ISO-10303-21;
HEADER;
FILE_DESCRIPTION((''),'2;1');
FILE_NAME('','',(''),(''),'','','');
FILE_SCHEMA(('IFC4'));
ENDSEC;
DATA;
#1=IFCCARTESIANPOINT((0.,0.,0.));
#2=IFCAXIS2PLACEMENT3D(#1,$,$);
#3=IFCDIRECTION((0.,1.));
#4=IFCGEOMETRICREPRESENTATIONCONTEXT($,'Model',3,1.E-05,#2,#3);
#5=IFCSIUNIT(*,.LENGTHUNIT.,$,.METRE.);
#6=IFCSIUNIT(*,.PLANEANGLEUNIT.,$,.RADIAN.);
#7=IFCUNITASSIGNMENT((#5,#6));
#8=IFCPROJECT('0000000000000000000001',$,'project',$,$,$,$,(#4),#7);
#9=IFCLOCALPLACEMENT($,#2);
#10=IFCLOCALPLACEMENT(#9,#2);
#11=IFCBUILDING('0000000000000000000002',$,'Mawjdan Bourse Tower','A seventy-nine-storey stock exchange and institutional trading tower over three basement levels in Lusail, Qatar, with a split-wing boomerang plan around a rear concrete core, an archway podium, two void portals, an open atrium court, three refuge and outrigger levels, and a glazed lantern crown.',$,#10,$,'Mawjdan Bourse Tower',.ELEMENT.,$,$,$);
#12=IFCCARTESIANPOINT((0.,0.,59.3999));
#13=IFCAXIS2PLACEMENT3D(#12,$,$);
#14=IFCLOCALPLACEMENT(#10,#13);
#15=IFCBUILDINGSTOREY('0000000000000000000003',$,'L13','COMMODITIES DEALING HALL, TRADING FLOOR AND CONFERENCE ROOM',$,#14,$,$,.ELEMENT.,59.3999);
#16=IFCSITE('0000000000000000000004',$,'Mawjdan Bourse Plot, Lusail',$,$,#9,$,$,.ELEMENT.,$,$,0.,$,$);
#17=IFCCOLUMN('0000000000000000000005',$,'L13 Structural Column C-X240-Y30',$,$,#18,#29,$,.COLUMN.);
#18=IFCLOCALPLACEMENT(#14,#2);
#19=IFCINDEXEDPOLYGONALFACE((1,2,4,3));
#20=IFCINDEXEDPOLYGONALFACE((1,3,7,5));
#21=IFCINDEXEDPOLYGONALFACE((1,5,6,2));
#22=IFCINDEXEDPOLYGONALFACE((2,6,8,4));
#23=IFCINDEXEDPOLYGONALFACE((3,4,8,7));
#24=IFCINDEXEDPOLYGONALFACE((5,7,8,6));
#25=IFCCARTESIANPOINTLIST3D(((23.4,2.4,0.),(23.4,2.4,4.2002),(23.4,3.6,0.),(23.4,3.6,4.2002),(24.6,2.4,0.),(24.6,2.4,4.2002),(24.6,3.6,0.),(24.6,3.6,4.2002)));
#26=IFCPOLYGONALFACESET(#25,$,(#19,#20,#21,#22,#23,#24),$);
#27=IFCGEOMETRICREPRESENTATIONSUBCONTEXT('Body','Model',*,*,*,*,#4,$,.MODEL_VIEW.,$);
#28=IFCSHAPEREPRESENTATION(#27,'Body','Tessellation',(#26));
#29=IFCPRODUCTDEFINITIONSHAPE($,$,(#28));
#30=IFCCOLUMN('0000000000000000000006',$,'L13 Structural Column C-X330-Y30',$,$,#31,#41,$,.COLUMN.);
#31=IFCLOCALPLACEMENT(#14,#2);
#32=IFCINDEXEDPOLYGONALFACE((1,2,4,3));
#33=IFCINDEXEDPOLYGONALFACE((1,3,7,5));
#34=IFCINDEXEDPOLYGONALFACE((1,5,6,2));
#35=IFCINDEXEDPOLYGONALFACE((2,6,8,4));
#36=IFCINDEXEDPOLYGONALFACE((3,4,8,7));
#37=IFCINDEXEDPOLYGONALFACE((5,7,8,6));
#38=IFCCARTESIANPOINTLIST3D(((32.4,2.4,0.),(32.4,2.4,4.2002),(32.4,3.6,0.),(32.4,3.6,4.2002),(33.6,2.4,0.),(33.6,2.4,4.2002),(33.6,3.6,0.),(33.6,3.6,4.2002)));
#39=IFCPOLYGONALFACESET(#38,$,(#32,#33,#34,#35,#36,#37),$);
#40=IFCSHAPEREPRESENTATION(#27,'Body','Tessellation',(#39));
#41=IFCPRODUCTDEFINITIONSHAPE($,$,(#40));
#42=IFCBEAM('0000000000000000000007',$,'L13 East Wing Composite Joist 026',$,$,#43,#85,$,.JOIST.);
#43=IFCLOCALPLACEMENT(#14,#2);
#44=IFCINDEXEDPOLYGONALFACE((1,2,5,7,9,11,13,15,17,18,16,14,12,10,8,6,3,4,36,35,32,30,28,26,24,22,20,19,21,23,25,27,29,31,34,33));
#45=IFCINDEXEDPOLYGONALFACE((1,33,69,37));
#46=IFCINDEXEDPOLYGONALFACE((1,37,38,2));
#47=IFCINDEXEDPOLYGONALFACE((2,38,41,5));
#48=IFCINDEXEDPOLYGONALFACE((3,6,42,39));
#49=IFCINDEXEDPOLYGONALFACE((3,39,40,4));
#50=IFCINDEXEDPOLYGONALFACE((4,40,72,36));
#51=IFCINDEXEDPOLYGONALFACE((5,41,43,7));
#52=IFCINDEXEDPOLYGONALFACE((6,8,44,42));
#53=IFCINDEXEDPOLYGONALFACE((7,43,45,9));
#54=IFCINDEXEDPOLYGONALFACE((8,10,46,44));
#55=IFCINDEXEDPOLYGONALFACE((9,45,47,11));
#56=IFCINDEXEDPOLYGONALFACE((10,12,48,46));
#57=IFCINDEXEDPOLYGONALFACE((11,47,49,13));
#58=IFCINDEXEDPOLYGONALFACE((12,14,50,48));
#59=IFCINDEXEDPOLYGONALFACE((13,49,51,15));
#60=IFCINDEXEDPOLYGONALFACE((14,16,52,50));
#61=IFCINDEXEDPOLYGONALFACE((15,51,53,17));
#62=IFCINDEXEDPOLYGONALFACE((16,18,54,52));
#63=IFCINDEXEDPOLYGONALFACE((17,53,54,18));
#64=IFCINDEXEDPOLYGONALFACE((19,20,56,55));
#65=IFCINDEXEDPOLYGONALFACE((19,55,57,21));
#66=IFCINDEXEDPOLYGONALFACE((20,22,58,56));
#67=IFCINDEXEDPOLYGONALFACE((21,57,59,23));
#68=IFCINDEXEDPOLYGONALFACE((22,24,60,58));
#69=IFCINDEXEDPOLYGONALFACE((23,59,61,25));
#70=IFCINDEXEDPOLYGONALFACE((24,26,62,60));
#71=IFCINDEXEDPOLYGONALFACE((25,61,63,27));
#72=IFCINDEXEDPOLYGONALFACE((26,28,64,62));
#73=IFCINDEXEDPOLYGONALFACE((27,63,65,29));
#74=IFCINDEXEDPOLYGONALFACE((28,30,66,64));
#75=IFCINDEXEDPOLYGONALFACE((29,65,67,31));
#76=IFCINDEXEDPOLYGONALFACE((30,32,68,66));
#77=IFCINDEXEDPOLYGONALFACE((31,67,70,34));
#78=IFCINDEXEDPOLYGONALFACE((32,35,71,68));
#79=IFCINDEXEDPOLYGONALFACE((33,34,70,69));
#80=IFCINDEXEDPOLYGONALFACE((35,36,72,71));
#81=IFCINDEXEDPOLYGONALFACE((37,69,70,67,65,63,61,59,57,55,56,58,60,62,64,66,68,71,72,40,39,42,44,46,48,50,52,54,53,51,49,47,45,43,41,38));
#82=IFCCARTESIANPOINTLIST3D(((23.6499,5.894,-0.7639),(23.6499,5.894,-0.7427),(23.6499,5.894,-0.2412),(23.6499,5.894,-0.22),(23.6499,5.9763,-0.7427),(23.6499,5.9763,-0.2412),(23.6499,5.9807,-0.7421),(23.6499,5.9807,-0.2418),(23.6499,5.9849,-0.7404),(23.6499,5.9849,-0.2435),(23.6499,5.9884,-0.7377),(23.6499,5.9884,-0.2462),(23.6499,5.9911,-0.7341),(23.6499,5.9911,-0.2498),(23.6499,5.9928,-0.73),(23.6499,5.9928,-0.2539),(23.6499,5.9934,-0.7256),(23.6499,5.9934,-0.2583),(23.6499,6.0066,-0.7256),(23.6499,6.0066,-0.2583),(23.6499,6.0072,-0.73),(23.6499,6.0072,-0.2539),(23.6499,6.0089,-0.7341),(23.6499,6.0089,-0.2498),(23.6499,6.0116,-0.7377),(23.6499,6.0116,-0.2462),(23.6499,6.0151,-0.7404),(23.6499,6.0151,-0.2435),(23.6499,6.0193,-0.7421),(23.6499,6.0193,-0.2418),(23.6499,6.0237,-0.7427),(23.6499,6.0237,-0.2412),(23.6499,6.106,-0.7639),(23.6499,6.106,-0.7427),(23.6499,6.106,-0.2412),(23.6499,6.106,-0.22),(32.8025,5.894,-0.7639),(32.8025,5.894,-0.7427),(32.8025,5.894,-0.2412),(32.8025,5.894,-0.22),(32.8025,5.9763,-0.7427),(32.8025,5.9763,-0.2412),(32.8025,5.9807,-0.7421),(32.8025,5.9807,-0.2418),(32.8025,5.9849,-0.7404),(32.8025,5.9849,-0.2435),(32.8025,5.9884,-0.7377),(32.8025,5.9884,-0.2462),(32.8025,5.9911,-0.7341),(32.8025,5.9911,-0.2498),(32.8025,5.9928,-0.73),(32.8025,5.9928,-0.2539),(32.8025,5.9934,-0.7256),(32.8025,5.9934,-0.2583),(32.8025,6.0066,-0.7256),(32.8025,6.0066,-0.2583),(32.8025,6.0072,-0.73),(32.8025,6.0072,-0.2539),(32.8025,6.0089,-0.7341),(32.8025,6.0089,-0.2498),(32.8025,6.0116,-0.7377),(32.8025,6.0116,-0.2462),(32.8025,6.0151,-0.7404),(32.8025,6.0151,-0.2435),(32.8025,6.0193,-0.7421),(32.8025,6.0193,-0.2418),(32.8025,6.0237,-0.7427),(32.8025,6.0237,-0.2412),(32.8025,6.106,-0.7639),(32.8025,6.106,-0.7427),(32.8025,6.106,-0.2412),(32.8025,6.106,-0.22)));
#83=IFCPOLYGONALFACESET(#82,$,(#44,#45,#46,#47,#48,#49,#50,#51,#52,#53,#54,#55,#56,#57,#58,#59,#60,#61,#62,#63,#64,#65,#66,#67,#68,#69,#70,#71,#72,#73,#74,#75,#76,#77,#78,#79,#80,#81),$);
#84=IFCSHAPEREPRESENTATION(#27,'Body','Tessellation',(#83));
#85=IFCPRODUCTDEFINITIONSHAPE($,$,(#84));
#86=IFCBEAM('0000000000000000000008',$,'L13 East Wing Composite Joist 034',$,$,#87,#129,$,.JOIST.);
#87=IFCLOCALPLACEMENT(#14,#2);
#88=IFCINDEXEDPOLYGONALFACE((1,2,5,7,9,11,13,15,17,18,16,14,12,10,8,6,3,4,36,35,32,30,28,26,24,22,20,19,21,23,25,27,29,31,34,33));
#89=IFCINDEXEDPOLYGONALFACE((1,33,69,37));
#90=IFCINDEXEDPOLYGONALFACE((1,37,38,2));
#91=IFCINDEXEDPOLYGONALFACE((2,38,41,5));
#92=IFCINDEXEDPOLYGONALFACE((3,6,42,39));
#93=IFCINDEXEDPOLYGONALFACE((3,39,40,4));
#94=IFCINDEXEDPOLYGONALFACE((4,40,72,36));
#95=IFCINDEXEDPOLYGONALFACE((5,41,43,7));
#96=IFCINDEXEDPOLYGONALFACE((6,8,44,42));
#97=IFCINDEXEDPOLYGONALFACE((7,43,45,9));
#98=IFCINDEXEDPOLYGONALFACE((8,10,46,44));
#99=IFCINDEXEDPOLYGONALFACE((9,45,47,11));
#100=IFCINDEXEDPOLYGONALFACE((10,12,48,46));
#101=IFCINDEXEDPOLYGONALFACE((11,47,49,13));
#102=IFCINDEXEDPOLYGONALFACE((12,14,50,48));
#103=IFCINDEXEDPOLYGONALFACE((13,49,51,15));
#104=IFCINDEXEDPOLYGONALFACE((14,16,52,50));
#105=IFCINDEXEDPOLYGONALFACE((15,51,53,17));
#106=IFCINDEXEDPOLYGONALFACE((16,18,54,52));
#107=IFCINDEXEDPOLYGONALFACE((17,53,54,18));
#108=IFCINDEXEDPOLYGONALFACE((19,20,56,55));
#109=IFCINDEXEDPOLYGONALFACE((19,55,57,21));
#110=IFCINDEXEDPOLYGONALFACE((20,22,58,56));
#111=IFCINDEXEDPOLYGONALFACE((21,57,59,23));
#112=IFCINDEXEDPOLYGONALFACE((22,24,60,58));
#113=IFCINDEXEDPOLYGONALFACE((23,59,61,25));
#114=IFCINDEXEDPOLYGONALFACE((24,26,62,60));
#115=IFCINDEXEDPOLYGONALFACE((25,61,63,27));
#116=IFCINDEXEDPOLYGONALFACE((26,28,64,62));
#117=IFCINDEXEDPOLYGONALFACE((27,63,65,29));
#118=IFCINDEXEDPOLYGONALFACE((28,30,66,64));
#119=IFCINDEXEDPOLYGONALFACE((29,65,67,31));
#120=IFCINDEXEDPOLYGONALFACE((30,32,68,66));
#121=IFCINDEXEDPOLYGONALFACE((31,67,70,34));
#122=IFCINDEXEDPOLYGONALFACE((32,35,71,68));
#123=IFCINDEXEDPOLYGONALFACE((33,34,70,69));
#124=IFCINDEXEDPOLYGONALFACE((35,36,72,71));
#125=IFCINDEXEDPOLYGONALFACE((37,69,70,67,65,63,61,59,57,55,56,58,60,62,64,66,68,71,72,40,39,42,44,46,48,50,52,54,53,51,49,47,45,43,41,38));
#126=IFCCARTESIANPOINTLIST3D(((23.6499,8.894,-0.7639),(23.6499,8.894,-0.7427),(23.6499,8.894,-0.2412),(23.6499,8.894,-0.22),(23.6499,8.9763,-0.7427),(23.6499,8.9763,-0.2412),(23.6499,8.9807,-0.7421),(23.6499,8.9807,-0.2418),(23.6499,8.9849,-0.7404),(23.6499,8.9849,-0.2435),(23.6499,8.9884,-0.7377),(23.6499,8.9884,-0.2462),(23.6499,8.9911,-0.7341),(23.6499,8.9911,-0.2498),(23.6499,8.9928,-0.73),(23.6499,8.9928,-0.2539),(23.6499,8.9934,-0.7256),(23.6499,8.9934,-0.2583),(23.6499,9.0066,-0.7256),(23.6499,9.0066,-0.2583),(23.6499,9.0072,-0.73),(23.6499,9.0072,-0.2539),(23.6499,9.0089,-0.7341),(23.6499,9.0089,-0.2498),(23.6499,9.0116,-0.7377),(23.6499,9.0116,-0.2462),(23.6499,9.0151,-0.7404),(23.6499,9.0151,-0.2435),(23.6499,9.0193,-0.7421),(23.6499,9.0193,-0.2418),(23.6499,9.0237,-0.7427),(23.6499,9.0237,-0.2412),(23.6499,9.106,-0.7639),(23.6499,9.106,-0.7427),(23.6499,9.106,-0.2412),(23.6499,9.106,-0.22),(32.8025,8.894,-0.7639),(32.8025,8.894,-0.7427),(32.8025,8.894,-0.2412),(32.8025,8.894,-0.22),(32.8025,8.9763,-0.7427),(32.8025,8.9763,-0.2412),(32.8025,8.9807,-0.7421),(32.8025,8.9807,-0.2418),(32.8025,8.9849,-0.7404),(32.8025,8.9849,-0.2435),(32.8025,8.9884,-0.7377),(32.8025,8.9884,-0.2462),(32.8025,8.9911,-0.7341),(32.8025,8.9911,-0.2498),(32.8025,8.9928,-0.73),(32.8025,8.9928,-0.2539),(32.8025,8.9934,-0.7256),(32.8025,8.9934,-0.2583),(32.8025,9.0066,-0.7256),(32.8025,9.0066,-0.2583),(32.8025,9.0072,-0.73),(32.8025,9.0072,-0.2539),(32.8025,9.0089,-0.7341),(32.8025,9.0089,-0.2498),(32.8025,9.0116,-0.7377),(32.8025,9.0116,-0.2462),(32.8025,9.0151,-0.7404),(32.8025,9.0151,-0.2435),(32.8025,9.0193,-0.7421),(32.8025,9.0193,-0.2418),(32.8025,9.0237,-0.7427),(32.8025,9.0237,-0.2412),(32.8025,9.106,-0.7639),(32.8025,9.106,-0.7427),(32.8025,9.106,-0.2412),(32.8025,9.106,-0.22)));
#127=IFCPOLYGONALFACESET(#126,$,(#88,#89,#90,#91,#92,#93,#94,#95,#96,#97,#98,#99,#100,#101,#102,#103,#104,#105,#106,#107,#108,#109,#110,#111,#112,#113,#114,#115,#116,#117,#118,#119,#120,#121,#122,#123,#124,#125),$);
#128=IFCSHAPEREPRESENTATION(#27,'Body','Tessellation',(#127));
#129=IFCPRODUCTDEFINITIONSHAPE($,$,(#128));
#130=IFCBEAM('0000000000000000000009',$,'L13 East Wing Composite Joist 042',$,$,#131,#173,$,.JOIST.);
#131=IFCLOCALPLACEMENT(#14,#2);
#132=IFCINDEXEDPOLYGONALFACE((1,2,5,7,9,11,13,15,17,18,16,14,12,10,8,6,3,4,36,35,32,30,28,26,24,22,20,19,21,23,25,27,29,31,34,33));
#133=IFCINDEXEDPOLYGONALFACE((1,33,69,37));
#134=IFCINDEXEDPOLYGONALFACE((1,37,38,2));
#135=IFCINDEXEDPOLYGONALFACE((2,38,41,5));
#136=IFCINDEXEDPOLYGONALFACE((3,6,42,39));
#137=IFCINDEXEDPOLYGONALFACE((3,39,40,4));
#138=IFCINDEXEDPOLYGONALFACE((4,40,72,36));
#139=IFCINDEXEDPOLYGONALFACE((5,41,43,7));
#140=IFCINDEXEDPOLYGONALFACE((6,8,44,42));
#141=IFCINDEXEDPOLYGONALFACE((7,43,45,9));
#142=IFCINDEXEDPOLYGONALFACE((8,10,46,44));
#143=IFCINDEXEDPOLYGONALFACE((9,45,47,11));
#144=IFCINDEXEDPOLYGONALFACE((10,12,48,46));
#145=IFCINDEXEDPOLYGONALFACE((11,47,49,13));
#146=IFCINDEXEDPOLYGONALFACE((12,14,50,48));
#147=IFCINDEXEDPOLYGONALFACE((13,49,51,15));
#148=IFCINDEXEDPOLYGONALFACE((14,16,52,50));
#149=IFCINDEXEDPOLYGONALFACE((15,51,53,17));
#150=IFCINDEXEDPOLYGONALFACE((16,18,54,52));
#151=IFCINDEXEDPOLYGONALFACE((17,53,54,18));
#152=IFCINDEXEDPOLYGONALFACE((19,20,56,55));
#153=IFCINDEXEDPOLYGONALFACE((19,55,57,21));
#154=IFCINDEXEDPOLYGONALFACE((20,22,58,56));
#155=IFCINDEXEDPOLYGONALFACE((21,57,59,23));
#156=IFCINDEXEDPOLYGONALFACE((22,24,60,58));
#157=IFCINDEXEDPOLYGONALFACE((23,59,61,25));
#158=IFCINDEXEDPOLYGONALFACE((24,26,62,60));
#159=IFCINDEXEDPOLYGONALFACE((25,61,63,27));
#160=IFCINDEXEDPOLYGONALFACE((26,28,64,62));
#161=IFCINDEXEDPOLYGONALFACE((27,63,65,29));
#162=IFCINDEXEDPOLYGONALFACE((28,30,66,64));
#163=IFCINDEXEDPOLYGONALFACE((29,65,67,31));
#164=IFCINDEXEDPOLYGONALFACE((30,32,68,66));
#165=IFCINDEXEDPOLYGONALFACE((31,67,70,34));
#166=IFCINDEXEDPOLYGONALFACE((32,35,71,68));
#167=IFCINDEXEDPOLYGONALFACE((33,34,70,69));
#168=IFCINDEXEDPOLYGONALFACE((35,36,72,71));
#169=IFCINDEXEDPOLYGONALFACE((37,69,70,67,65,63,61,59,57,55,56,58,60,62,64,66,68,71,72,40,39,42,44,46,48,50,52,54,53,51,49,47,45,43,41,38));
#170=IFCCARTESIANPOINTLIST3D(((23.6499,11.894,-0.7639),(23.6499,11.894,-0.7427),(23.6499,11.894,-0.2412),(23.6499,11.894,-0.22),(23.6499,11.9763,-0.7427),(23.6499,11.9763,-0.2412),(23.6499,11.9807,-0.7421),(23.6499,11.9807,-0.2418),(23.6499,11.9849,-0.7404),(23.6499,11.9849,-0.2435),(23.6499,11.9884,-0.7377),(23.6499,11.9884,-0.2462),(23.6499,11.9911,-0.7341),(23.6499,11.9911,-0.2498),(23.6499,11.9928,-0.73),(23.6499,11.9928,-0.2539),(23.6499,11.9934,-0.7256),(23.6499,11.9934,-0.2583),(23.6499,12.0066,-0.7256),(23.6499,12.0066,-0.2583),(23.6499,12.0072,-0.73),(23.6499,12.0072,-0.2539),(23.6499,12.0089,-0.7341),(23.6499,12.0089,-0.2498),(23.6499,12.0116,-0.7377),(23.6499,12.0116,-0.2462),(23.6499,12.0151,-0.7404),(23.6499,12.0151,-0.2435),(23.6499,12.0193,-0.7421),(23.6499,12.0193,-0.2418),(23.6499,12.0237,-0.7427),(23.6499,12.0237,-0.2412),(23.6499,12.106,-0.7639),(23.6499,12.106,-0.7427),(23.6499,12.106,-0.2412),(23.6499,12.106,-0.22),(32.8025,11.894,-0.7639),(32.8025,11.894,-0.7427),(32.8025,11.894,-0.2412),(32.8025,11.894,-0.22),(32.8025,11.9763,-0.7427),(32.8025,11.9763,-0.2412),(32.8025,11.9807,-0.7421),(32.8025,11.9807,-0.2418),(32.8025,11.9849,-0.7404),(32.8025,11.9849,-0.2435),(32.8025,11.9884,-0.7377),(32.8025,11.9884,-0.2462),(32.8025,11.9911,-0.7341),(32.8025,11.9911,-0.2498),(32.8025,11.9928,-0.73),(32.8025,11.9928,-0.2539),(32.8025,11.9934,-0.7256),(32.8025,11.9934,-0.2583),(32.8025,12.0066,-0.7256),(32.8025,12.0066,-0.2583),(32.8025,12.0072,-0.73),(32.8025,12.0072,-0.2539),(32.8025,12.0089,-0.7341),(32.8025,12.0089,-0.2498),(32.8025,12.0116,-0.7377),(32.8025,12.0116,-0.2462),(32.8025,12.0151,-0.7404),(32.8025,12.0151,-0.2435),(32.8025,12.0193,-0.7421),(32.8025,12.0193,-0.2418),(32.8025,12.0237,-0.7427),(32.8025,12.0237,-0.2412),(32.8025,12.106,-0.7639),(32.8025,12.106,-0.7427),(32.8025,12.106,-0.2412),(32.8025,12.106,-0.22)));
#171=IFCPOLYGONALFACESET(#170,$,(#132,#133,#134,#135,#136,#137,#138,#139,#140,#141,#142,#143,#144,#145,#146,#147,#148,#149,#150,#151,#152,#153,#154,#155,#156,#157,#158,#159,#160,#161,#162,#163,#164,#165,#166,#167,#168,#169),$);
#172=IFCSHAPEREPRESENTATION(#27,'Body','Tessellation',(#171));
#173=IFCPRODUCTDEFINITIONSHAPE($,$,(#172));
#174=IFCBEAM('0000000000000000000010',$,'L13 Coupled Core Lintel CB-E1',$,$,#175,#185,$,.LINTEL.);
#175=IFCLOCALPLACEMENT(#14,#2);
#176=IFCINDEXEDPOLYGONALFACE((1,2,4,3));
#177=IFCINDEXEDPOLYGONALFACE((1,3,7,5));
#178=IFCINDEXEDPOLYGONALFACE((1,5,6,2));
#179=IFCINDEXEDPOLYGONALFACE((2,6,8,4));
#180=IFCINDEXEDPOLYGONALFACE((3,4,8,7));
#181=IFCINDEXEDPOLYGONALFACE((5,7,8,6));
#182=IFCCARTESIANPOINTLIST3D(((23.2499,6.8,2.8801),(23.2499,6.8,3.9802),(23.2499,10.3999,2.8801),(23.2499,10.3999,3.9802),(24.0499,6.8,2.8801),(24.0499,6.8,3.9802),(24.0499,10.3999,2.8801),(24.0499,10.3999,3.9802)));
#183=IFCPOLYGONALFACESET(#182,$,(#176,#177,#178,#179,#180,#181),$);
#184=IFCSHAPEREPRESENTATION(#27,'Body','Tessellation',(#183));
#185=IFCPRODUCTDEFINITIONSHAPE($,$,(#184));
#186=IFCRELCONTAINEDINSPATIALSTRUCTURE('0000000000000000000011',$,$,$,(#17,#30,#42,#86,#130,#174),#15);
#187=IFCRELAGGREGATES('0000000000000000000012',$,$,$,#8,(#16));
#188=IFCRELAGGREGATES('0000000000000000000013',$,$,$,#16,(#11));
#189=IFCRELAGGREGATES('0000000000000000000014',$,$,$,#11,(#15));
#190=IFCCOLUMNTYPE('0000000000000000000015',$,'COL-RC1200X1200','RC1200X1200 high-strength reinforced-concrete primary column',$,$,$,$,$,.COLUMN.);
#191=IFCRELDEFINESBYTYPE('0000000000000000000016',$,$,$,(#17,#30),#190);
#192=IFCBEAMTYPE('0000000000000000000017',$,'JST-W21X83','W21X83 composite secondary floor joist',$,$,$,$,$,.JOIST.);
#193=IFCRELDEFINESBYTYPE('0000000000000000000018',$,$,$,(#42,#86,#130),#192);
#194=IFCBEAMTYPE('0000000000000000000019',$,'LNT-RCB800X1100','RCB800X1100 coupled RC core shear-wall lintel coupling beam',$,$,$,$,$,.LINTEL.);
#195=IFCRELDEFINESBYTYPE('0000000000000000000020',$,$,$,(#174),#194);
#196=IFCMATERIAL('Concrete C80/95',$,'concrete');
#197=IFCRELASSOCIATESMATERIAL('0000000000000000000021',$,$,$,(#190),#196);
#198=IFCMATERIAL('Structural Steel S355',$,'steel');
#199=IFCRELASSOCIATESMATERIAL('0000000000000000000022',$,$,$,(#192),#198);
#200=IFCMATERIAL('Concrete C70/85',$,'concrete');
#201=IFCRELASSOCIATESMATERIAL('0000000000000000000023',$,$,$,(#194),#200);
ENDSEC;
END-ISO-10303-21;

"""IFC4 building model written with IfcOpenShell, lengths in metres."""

from ifc_helpers import new_model, si_unit, direction, frame, origin, origin_2d, place, context, subcontext, project, spatial, rectangle, i_section, extrude, material, material_profile, profile_set, type_object, element, save


model = new_model("IFC4")

# Units and contexts
model_context = context("Model", 3, precision=1e-05, world=origin(), true_north=direction((0.0, 1.0)))
body_context = subcontext(model_context, "Body", "Model", "MODEL_VIEW")
ifc_project = project(units=[si_unit("LENGTHUNIT", "METRE"), si_unit("PLANEANGLEUNIT", "RADIAN")], contexts=[model_context])

# Site, building, storey
site_placement = place(None, origin())
site = spatial("IfcSite", under=ifc_project, at=site_placement, Name="Mawjdan Bourse Plot, Lusail", CompositionType="ELEMENT", RefElevation=0.0)
building_placement = place(site_placement, origin())
building = spatial("IfcBuilding", under=site, at=building_placement, Name="Mawjdan Bourse Tower", Description="A seventy-nine-storey stock exchange and institutional trading tower over three basement levels in Lusail, Qatar, with a split-wing boomerang plan around a rear concrete core, an archway podium, two void portals, an open atrium court, three refuge and outrigger levels, and a glazed lantern crown.", LongName="Mawjdan Bourse Tower", CompositionType="ELEMENT")
storey_placement = place(building_placement, frame((0.0, 0.0, 59.3999)))
storey = spatial("IfcBuildingStorey", under=building, at=storey_placement, Name="L13", Description="COMMODITIES DEALING HALL, TRADING FLOOR AND CONFERENCE ROOM", CompositionType="ELEMENT", Elevation=59.3999)

# Columns
ifc_material_1 = material(Name="Concrete C80/95", Category="concrete")
ifc_material_profile_1 = material_profile(ifc_material_1, rectangle(XDim=1.2, YDim=1.2, at=origin_2d()), Name="RC1200X1200")
ifc_profile_set_1 = profile_set([ifc_material_profile_1], Name="Concrete C80/95")
column_type = type_object("IfcColumnType", Name="COL-RC1200X1200", Description="RC1200X1200 high-strength reinforced-concrete primary column", PredefinedType="COLUMN", material=ifc_profile_set_1)
for number, where, z_axis, x_axis, name in (
    (1, (24.0, 3.0, 0.0), (0.0, 0.0, 1.0), (1.0, 0.0, 0.0), "L13 Structural Column C-X240-Y30"),
    (2, (33.0, 3.0, 0.0), (0.0, 0.0, 1.0), (1.0, 0.0, 0.0), "L13 Structural Column C-X330-Y30"),
):
    element("IfcColumn", number, at=place(storey_placement, frame(where, z_axis=z_axis, x_axis=x_axis)), inside=storey, type_object=column_type, Name=name, PredefinedType="COLUMN", context=body_context, shape_type="SweptSolid", body=[
        extrude(rectangle(XDim=1.2, YDim=1.2, at=origin_2d()), origin(), (0.0, 0.0, 1.0), 4.2002),
    ])

# Beams
ifc_material_2 = material(Name="Structural Steel S355", Category="steel")
ifc_material_profile_2 = material_profile(ifc_material_2, i_section(OverallWidth=0.2119, OverallDepth=0.5439, WebThickness=0.0132, FlangeThickness=0.0212, FilletRadius=0.0171, at=origin_2d()), Name="W21X83")
ifc_profile_set_2 = profile_set([ifc_material_profile_2], Name="Structural Steel S355")
beam_type_1 = type_object("IfcBeamType", Name="JST-W21X83", Description="W21X83 composite secondary floor joist", PredefinedType="JOIST", material=ifc_profile_set_2)
for number, where, z_axis, x_axis, name in (
    (3, (23.6499, 6.0, -0.4919), (1.0, 0.0, 0.0), (0.0, 1.0, 0.0), "L13 East Wing Composite Joist 026"),
    (4, (23.6499, 9.0, -0.4919), (1.0, 0.0, 0.0), (0.0, 1.0, 0.0), "L13 East Wing Composite Joist 034"),
    (5, (23.6499, 12.0, -0.4919), (1.0, 0.0, 0.0), (0.0, 1.0, 0.0), "L13 East Wing Composite Joist 042"),
):
    element("IfcBeam", number, at=place(storey_placement, frame(where, z_axis=z_axis, x_axis=x_axis)), inside=storey, type_object=beam_type_1, Name=name, PredefinedType="JOIST", context=body_context, shape_type="SweptSolid", body=[
        extrude(i_section(OverallWidth=0.2119, OverallDepth=0.5439, WebThickness=0.0132, FlangeThickness=0.0212, FilletRadius=0.0171, at=origin_2d()), origin(), (0.0, 0.0, 1.0), 9.1526),
    ])
ifc_material_3 = material(Name="Concrete C70/85", Category="concrete")
ifc_material_profile_3 = material_profile(ifc_material_3, rectangle(XDim=0.8, YDim=1.1001, at=origin_2d()), Name="RCB800X1100")
ifc_profile_set_3 = profile_set([ifc_material_profile_3], Name="Concrete C70/85")
beam_type_2 = type_object("IfcBeamType", Name="LNT-RCB800X1100", Description="RCB800X1100 coupled RC core shear-wall lintel coupling beam", PredefinedType="LINTEL", material=ifc_profile_set_3)
beam_1_placement = place(storey_placement, frame((23.6499, 6.8, 3.4302), z_axis=(0.0, 1.0, 0.0), x_axis=(-1.0, 0.0, 0.0)))
element("IfcBeam", 6, at=beam_1_placement, inside=storey, type_object=beam_type_2, Name="L13 Coupled Core Lintel CB-E1", PredefinedType="LINTEL", context=body_context, shape_type="SweptSolid", body=[
    extrude(rectangle(XDim=0.8, YDim=1.1001, at=origin_2d()), origin(), (0.0, 0.0, 1.0), 3.5999),
])

save(model, "model.ifc")
